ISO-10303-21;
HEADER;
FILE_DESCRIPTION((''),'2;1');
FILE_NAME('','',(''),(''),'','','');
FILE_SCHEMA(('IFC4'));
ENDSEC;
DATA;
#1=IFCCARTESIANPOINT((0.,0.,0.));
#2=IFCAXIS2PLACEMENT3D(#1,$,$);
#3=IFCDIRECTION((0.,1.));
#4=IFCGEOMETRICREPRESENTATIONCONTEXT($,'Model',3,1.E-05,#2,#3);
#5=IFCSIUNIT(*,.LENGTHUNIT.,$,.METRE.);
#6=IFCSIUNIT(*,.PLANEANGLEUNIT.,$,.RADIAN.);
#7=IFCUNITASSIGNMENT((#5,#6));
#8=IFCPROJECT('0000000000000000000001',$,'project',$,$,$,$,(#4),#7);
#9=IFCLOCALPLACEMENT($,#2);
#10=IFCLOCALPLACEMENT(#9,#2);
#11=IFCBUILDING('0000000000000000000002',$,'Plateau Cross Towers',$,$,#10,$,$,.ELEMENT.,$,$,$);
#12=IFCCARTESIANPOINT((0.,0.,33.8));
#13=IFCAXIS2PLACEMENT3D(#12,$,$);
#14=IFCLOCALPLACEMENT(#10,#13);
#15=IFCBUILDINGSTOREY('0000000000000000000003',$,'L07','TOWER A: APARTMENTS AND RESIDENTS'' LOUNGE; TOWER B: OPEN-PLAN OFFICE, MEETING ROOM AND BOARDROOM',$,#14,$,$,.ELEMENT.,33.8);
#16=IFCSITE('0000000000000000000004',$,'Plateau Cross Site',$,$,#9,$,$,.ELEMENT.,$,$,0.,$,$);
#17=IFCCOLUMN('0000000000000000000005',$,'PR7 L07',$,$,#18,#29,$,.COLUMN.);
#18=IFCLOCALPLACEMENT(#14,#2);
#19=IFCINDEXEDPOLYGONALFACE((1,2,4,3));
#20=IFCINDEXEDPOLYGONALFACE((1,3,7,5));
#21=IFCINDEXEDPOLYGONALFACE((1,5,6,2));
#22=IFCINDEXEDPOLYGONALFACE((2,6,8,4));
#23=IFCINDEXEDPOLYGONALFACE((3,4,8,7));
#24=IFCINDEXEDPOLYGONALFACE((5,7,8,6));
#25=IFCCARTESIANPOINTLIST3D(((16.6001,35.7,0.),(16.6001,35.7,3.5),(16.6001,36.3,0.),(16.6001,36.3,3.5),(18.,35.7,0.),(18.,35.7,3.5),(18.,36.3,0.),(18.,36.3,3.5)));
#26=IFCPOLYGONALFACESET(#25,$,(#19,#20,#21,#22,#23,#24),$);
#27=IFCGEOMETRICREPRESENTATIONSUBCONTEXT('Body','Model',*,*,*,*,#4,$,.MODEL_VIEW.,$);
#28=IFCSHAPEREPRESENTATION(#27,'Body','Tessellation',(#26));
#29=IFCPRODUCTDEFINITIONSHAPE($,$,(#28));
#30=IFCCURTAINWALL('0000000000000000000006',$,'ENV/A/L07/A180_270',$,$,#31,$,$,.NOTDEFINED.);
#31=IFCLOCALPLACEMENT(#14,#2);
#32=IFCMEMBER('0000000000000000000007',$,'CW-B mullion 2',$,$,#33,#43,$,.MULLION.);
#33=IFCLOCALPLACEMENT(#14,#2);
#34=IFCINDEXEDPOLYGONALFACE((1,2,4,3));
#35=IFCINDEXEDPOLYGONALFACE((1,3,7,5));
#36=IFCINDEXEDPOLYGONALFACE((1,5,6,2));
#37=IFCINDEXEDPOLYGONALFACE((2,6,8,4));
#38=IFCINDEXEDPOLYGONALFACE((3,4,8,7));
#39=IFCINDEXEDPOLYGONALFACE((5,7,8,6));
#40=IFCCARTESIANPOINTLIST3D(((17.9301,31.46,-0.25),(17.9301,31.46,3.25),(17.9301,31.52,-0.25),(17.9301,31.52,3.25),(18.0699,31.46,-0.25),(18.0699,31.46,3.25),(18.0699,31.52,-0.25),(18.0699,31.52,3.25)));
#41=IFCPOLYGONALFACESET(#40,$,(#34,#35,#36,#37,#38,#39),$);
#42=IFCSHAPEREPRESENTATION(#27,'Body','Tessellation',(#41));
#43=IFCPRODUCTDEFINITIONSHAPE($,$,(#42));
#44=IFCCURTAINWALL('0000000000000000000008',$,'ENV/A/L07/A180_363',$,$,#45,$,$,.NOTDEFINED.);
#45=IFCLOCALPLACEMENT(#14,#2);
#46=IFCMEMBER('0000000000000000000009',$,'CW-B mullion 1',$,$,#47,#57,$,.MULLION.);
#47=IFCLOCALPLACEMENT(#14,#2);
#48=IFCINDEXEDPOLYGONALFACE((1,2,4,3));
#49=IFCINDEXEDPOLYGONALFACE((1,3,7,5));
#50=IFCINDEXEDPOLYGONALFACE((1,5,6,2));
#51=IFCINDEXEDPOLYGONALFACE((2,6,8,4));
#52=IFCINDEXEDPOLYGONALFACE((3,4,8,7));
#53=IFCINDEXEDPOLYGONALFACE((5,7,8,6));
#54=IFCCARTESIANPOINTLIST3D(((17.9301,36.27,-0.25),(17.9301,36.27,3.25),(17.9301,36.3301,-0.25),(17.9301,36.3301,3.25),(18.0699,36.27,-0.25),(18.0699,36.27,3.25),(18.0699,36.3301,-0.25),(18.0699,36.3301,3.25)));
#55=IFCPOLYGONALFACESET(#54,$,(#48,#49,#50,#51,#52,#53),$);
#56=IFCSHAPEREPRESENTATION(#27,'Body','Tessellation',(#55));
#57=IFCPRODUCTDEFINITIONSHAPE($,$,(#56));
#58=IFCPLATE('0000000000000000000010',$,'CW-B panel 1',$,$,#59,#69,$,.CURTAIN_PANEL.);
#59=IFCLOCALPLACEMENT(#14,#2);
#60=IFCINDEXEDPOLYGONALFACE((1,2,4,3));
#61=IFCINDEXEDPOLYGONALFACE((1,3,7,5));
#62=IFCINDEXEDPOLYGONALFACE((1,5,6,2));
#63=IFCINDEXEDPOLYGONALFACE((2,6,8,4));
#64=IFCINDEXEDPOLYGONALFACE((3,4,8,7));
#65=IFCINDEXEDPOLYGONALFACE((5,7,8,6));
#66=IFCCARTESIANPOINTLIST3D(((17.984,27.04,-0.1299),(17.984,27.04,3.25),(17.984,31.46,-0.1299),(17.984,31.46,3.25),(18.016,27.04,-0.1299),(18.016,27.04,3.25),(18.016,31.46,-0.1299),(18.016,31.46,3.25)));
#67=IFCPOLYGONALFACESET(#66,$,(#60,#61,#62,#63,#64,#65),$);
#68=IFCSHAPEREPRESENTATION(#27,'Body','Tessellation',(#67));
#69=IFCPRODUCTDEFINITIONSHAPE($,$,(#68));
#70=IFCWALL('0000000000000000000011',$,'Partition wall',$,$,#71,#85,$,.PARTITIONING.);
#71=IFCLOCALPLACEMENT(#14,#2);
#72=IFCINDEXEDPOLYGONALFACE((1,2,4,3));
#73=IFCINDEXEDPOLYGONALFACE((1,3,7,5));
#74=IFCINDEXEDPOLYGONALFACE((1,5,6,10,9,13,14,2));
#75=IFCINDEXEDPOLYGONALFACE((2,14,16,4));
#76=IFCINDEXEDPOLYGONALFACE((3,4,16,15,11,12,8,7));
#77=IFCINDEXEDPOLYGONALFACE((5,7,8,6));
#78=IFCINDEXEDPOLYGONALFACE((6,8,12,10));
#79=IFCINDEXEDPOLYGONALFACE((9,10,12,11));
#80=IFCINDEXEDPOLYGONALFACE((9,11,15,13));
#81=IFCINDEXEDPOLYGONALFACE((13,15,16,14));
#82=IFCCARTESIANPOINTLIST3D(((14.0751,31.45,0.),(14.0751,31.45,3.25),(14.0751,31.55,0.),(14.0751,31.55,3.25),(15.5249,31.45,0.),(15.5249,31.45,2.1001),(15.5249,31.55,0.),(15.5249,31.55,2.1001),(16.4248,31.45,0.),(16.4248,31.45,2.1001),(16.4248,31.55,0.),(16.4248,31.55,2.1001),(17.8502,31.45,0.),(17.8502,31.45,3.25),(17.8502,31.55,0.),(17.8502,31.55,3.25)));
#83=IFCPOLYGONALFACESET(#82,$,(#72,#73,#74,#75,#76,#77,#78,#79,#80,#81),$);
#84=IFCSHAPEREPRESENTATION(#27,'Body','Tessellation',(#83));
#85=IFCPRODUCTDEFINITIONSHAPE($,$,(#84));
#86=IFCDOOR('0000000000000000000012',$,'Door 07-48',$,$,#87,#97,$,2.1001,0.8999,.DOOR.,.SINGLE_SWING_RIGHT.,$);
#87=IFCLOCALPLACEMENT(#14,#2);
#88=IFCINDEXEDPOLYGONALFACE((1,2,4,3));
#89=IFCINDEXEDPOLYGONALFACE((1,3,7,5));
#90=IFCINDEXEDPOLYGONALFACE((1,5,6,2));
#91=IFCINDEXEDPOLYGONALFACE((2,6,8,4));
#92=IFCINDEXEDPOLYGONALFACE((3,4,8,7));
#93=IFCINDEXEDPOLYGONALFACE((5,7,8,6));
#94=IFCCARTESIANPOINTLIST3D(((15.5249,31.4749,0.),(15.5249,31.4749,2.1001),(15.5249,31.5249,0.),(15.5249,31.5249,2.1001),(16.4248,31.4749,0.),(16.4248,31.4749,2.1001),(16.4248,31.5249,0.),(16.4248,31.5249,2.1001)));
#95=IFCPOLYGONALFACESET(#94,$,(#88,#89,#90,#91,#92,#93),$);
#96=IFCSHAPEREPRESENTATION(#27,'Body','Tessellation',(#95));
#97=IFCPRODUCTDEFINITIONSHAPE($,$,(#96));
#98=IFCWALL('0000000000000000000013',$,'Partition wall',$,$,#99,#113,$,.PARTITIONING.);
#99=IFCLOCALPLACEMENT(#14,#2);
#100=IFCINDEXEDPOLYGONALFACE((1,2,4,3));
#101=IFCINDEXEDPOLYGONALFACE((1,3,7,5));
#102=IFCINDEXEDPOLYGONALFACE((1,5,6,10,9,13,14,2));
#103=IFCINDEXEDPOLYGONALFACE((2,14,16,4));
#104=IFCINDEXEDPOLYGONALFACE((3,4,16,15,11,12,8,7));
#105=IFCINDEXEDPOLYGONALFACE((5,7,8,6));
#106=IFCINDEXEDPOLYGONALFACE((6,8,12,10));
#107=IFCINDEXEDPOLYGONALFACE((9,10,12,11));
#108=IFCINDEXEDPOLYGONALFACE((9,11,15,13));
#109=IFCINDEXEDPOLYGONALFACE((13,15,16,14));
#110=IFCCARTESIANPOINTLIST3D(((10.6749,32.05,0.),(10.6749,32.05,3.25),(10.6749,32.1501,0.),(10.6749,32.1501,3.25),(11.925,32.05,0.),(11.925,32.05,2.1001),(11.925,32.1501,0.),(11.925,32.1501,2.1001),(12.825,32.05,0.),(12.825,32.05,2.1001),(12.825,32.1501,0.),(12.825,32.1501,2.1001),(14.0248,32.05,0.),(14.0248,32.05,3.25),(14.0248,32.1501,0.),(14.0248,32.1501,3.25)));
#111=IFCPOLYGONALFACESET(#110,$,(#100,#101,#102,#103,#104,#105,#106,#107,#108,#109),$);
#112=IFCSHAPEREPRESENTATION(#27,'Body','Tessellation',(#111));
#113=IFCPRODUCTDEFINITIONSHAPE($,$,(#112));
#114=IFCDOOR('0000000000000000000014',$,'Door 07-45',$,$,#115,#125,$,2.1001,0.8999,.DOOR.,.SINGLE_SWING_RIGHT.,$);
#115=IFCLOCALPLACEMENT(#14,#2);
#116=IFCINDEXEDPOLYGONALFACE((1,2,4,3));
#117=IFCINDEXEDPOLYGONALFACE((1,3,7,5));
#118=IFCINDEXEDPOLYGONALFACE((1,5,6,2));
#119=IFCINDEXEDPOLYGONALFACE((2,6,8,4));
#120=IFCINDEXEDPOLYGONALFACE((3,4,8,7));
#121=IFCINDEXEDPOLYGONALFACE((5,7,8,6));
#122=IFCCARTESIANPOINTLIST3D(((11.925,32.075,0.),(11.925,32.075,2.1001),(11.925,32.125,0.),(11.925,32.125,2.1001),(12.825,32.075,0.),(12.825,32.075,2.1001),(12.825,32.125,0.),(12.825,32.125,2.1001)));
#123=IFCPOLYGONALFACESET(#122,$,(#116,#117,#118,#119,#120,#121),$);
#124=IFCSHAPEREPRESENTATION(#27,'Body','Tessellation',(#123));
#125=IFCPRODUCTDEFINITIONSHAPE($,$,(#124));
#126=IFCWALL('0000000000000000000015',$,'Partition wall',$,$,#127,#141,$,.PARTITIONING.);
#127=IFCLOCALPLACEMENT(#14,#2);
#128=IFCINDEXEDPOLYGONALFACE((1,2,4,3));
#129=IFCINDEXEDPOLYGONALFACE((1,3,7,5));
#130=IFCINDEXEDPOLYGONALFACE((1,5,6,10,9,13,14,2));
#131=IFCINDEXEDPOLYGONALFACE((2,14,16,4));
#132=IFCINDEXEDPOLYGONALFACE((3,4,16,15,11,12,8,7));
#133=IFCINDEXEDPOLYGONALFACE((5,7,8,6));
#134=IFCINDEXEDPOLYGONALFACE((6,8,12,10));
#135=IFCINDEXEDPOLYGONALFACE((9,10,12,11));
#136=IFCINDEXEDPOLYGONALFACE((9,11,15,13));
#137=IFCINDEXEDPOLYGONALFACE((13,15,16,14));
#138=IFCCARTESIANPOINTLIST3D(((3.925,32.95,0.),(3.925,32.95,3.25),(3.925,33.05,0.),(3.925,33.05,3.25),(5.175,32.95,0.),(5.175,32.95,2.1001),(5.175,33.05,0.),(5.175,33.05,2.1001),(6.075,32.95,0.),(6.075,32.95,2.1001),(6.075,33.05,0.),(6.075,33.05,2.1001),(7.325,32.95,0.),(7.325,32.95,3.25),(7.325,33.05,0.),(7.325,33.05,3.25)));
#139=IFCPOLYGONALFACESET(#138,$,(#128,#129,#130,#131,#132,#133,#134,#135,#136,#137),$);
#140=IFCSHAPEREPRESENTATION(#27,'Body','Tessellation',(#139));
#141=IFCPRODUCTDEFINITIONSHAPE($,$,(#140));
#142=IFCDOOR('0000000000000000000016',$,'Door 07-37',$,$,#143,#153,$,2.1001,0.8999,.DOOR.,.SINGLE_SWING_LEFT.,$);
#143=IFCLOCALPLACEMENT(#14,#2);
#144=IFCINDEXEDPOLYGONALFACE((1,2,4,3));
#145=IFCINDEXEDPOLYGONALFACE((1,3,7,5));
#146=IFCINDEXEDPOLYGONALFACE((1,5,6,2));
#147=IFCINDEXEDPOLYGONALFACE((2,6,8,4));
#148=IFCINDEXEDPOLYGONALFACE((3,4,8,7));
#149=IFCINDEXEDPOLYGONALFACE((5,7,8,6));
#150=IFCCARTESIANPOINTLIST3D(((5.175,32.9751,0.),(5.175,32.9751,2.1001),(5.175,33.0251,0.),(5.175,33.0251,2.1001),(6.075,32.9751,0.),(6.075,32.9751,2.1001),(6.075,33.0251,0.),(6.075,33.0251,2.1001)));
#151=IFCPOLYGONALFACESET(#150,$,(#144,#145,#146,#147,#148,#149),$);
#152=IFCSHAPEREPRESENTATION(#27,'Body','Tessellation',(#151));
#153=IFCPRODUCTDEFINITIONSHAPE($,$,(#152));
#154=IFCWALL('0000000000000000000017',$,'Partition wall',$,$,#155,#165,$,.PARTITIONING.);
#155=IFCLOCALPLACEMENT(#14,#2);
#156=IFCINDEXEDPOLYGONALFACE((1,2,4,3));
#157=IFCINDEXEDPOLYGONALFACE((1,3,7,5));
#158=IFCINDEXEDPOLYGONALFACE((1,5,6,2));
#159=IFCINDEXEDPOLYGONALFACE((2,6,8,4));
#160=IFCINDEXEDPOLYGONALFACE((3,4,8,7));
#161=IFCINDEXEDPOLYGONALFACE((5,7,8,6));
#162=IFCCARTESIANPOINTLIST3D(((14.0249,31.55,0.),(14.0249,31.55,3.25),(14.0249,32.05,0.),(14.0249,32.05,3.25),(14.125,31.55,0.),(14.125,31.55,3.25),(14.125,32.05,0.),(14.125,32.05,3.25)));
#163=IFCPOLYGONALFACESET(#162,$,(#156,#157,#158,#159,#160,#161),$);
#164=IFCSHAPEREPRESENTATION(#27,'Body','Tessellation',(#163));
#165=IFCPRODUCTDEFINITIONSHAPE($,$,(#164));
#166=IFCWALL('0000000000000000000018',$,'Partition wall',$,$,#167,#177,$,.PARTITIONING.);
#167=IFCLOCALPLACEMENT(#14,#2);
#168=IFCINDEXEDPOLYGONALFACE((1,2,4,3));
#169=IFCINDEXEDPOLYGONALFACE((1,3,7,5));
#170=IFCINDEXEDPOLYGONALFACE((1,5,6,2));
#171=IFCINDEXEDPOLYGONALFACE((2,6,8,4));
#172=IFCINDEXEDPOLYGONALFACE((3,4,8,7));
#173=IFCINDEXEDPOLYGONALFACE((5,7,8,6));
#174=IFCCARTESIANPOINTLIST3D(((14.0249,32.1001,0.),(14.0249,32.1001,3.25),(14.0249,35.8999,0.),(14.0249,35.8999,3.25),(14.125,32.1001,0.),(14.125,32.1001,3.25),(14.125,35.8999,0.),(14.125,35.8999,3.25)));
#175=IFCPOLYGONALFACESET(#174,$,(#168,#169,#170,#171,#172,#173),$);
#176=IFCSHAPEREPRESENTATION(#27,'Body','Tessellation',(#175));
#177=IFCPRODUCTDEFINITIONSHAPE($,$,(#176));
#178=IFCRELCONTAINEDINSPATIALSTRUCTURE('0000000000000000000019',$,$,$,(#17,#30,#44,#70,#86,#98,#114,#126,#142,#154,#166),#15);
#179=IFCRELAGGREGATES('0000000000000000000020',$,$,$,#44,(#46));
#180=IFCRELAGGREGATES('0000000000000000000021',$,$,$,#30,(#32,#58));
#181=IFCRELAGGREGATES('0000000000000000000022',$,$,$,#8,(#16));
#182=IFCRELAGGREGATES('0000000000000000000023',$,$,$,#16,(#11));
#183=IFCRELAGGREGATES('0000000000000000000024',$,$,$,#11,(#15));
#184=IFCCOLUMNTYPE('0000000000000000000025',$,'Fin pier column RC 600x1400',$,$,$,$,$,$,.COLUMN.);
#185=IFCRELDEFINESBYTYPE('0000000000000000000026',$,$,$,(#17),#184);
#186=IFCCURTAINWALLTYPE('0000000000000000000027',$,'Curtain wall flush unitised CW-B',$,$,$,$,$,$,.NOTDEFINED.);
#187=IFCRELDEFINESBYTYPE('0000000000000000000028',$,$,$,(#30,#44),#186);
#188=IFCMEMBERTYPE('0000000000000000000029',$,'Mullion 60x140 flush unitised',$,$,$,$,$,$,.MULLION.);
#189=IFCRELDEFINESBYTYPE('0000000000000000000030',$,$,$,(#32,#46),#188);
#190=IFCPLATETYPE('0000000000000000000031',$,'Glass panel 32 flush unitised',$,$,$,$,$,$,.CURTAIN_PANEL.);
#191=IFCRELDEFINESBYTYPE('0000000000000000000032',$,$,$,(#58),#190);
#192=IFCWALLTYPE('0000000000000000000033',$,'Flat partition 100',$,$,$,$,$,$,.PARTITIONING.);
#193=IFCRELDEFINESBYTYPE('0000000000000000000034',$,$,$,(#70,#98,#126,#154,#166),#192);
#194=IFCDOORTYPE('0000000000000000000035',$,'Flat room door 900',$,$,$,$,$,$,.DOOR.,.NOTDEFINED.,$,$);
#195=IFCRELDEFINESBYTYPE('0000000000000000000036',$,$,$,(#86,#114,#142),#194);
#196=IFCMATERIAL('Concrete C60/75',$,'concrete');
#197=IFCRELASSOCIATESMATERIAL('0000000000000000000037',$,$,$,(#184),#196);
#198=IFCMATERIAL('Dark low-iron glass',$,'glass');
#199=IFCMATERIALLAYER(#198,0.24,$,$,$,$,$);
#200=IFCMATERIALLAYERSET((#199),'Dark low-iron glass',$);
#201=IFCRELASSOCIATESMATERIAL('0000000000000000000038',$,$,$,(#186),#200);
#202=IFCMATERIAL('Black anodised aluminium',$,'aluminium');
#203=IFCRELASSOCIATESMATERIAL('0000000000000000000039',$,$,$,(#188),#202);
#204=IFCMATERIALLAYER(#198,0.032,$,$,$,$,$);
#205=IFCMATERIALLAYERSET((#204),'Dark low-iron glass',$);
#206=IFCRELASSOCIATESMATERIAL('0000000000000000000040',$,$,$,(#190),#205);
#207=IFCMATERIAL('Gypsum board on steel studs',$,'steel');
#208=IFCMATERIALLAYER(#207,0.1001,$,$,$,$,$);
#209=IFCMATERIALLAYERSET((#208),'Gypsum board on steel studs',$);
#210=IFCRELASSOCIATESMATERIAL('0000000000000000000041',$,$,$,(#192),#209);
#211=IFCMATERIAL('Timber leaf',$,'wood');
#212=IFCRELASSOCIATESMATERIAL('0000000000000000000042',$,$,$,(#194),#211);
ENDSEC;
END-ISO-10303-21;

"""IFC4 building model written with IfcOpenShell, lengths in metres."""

from ifc_helpers import new_model, si_unit, direction, frame, frame_2d, origin, origin_2d, place, context, subcontext, project, spatial, rectangle, extrude, material, layer, layer_set, material_profile, profile_set, type_object, element, fill, aggregate, save


model = new_model("IFC4")

# Units and contexts
model_context = context("Model", 3, precision=1e-05, world=origin(), true_north=direction((0.0, 1.0)))
body_context = subcontext(model_context, "Body", "Model", "MODEL_VIEW")
ifc_project = project(units=[si_unit("LENGTHUNIT", "METRE"), si_unit("PLANEANGLEUNIT", "RADIAN")], contexts=[model_context])

# Site, building, storey
site_placement = place(None, origin())
site = spatial("IfcSite", under=ifc_project, at=site_placement, Name="Plateau Cross Site", CompositionType="ELEMENT", RefElevation=0.0)
building_placement = place(site_placement, origin())
building = spatial("IfcBuilding", under=site, at=building_placement, Name="Plateau Cross Towers", CompositionType="ELEMENT")
storey_placement = place(building_placement, frame((0.0, 0.0, 33.8)))
storey = spatial("IfcBuildingStorey", under=building, at=storey_placement, Name="L07", Description="TOWER A: APARTMENTS AND RESIDENTS' LOUNGE; TOWER B: OPEN-PLAN OFFICE, MEETING ROOM AND BOARDROOM", CompositionType="ELEMENT", Elevation=33.8)

# Column
ifc_material_1 = material(Name="Concrete C60/75", Category="concrete")
ifc_material_profile_1 = material_profile(ifc_material_1, rectangle(XDim=0.6001, YDim=1.3999, at=origin_2d()), Name="RC 600x1400")
ifc_profile_set_1 = profile_set([ifc_material_profile_1], Name="Concrete C60/75")
column_type = type_object("IfcColumnType", Name="Fin pier column RC 600x1400", PredefinedType="COLUMN", material=ifc_profile_set_1)
column_placement = place(storey_placement, frame((17.3, 36.0, 0.0), z_axis=(0.0, 0.0, 1.0), x_axis=(0.0, 1.0, 0.0)))
element("IfcColumn", 1, at=column_placement, inside=storey, type_object=column_type, Name="PR7 L07", PredefinedType="COLUMN", context=body_context, shape_type="SweptSolid", body=[
    extrude(rectangle(XDim=0.6001, YDim=1.3999, at=origin_2d()), origin(), (0.0, 0.0, 1.0), 3.5),
])

# Curtain walls, members
ifc_material_2 = material(Name="Dark low-iron glass", Category="glass")
ifc_layer_1 = layer(ifc_material_2, 0.24)
ifc_layer_set_1 = layer_set([ifc_layer_1], Name="Dark low-iron glass")
curtain_wall_type = type_object("IfcCurtainWallType", Name="Curtain wall flush unitised CW-B", PredefinedType="NOTDEFINED", material=ifc_layer_set_1)
curtain_wall_1_placement = place(storey_placement, origin())
curtain_wall_1 = element("IfcCurtainWall", 2, at=curtain_wall_1_placement, inside=storey, type_object=curtain_wall_type, Name="ENV/A/L07/A180_270", PredefinedType="NOTDEFINED")
ifc_material_3 = material(Name="Black anodised aluminium", Category="aluminium")
ifc_material_profile_2 = material_profile(ifc_material_3, rectangle(XDim=0.0601, YDim=0.1399, at=origin_2d()), Name="MULLION 60x140")
ifc_profile_set_2 = profile_set([ifc_material_profile_2], Name="Black anodised aluminium")
member_type = type_object("IfcMemberType", Name="Mullion 60x140 flush unitised", PredefinedType="MULLION", material=ifc_profile_set_2)
member_1_placement = place(storey_placement, frame((18.0, 31.49, -0.25), z_axis=(0.0, 0.0, 1.0), x_axis=(0.0, 1.0, 0.0)))
member_1 = element("IfcMember", 3, at=member_1_placement, type_object=member_type, Name="CW-B mullion 2", PredefinedType="MULLION", context=body_context, shape_type="SweptSolid", body=[
    extrude(rectangle(XDim=0.0601, YDim=0.1399, at=origin_2d()), origin(), (0.0, 0.0, 1.0), 3.5),
])
curtain_wall_2_placement = place(storey_placement, origin())
curtain_wall_2 = element("IfcCurtainWall", 4, at=curtain_wall_2_placement, inside=storey, type_object=curtain_wall_type, Name="ENV/A/L07/A180_363", PredefinedType="NOTDEFINED")
member_2_placement = place(storey_placement, frame((18.0, 36.3, -0.25), z_axis=(0.0, 0.0, 1.0), x_axis=(0.0, 1.0, 0.0)))
member_2 = element("IfcMember", 5, at=member_2_placement, type_object=member_type, Name="CW-B mullion 1", PredefinedType="MULLION", context=body_context, shape_type="SweptSolid", body=[
    extrude(rectangle(XDim=0.0601, YDim=0.1399, at=origin_2d()), origin(), (0.0, 0.0, 1.0), 3.5),
])
aggregate(curtain_wall_2, [member_2])

# Plate
ifc_layer_2 = layer(ifc_material_2, 0.032)
ifc_layer_set_2 = layer_set([ifc_layer_2], Name="Dark low-iron glass")
plate_type = type_object("IfcPlateType", Name="Glass panel 32 flush unitised", PredefinedType="CURTAIN_PANEL", material=ifc_layer_set_2)
plate_placement = place(storey_placement, frame((18.0, 29.25, -0.1299), z_axis=(0.0, 0.0, 1.0), x_axis=(0.0, 1.0, 0.0)))
plate = element("IfcPlate", 6, at=plate_placement, type_object=plate_type, Name="CW-B panel 1", PredefinedType="CURTAIN_PANEL", context=body_context, shape_type="SweptSolid", body=[
    extrude(rectangle(XDim=4.4199, YDim=0.032, at=origin_2d()), origin(), (0.0, 0.0, 1.0), 3.3799),
])
aggregate(curtain_wall_1, [member_1, plate])

# Walls, openings, doors
ifc_material_4 = material(Name="Gypsum board on steel studs", Category="steel")
ifc_layer_3 = layer(ifc_material_4, 0.1001)
ifc_layer_set_3 = layer_set([ifc_layer_3], Name="Gypsum board on steel studs")
wall_type_1 = type_object("IfcWallType", Name="Flat partition 100", PredefinedType="PARTITIONING", material=ifc_layer_set_3)
wall_1_placement = place(storey_placement, frame((14.075, 31.5, 0.0), z_axis=(0.0, 0.0, 1.0), x_axis=(1.0, 0.0, 0.0)))
wall_1 = element("IfcWall", 7, at=wall_1_placement, inside=storey, type_object=wall_type_1, Name="Partition wall", PredefinedType="PARTITIONING", context=body_context, shape_type="SweptSolid", body=[
    extrude(rectangle(XDim=3.7751, YDim=0.1001, at=frame_2d((1.8877, 0.0))), origin(), (0.0, 0.0, 1.0), 3.25),
])
opening_1_placement = place(wall_1_placement, frame((1.45, 0.0, 0.0)))
opening_1 = element("IfcOpeningElement", 8, at=opening_1_placement, cuts=wall_1, PredefinedType="OPENING", context=body_context, shape_type="SweptSolid", body=[
    extrude(rectangle(XDim=0.8999, YDim=2.1001, at=frame_2d((0.45, 1.05))), frame((0.0, 0.0601, 0.0), z_axis=(0.0, -1.0, 0.0), x_axis=(1.0, 0.0, 0.0)), (0.0, 0.0, 1.0), 0.1201),
])
ifc_material_5 = material(Name="Timber leaf", Category="wood")
door_type_1 = type_object("IfcDoorType", Name="Flat room door 900", OperationType="NOTDEFINED", PredefinedType="DOOR", material=ifc_material_5)
door_1_placement = place(opening_1_placement, origin())
door_1 = element("IfcDoor", 9, at=door_1_placement, inside=storey, type_object=door_type_1, Name="Door 07-48", OperationType="SINGLE_SWING_RIGHT", OverallHeight=2.1001, OverallWidth=0.8999, PredefinedType="DOOR", context=body_context, shape_type="SweptSolid", body=[
    extrude(rectangle(XDim=0.8999, YDim=2.1001, at=frame_2d((0.45, 1.05))), frame((0.0, 0.0249, 0.0), z_axis=(0.0, -1.0, 0.0), x_axis=(1.0, 0.0, 0.0)), (0.0, 0.0, 1.0), 0.05),
])
fill(opening_1, door_1)
wall_2_placement = place(storey_placement, frame((10.675, 32.1001, 0.0), z_axis=(0.0, 0.0, 1.0), x_axis=(1.0, 0.0, 0.0)))
wall_2 = element("IfcWall", 10, at=wall_2_placement, inside=storey, type_object=wall_type_1, Name="Partition wall", PredefinedType="PARTITIONING", context=body_context, shape_type="SweptSolid", body=[
    extrude(rectangle(XDim=3.3499, YDim=0.1001, at=frame_2d((1.6748, 0.0))), origin(), (0.0, 0.0, 1.0), 3.25),
])
opening_2_placement = place(wall_2_placement, frame((1.25, 0.0, 0.0)))
opening_2 = element("IfcOpeningElement", 11, at=opening_2_placement, cuts=wall_2, PredefinedType="OPENING", context=body_context, shape_type="SweptSolid", body=[
    extrude(rectangle(XDim=0.8999, YDim=2.1001, at=frame_2d((0.45, 1.05))), frame((0.0, 0.0601, 0.0), z_axis=(0.0, -1.0, 0.0), x_axis=(1.0, 0.0, 0.0)), (0.0, 0.0, 1.0), 0.1201),
])
door_2_placement = place(opening_2_placement, origin())
door_2 = element("IfcDoor", 12, at=door_2_placement, inside=storey, type_object=door_type_1, Name="Door 07-45", OperationType="SINGLE_SWING_RIGHT", OverallHeight=2.1001, OverallWidth=0.8999, PredefinedType="DOOR", context=body_context, shape_type="SweptSolid", body=[
    extrude(rectangle(XDim=0.8999, YDim=2.1001, at=frame_2d((0.45, 1.05))), frame((0.0, 0.0249, 0.0), z_axis=(0.0, -1.0, 0.0), x_axis=(1.0, 0.0, 0.0)), (0.0, 0.0, 1.0), 0.05),
])
fill(opening_2, door_2)
wall_3_placement = place(storey_placement, frame((7.325, 33.0, 0.0), z_axis=(0.0, 0.0, 1.0), x_axis=(-1.0, 0.0, 0.0)))
wall_3 = element("IfcWall", 13, at=wall_3_placement, inside=storey, type_object=wall_type_1, Name="Partition wall", PredefinedType="PARTITIONING", context=body_context, shape_type="SweptSolid", body=[
    extrude(rectangle(XDim=3.3999, YDim=0.1001, at=frame_2d((1.7, 0.0))), origin(), (0.0, 0.0, 1.0), 3.25),
])
opening_3_placement = place(wall_3_placement, frame((1.25, 0.0, 0.0)))
opening_3 = element("IfcOpeningElement", 14, at=opening_3_placement, cuts=wall_3, PredefinedType="OPENING", context=body_context, shape_type="SweptSolid", body=[
    extrude(rectangle(XDim=0.8999, YDim=2.1001, at=frame_2d((0.45, 1.05))), frame((0.0, 0.0601, 0.0), z_axis=(0.0, -1.0, 0.0), x_axis=(1.0, 0.0, 0.0)), (0.0, 0.0, 1.0), 0.1201),
])
door_3_placement = place(opening_3_placement, origin())
door_3 = element("IfcDoor", 15, at=door_3_placement, inside=storey, type_object=door_type_1, Name="Door 07-37", OperationType="SINGLE_SWING_LEFT", OverallHeight=2.1001, OverallWidth=0.8999, PredefinedType="DOOR", context=body_context, shape_type="SweptSolid", body=[
    extrude(rectangle(XDim=0.8999, YDim=2.1001, at=frame_2d((0.45, 1.05))), frame((0.0, 0.0249, 0.0), z_axis=(0.0, -1.0, 0.0), x_axis=(1.0, 0.0, 0.0)), (0.0, 0.0, 1.0), 0.05),
])
fill(opening_3, door_3)

# Walls
wall_4_placement = place(storey_placement, frame((14.075, 32.05, 0.0), z_axis=(0.0, 0.0, 1.0), x_axis=(0.0, -1.0, 0.0)))
element("IfcWall", 16, at=wall_4_placement, inside=storey, type_object=wall_type_1, Name="Partition wall", PredefinedType="PARTITIONING", context=body_context, shape_type="SweptSolid", body=[
    extrude(rectangle(XDim=0.5, YDim=0.1001, at=frame_2d((0.25, 0.0))), origin(), (0.0, 0.0, 1.0), 3.25),
])
wall_5_placement = place(storey_placement, frame((14.075, 32.1001, 0.0), z_axis=(0.0, 0.0, 1.0), x_axis=(0.0, 1.0, 0.0)))
element("IfcWall", 17, at=wall_5_placement, inside=storey, type_object=wall_type_1, Name="Partition wall", PredefinedType="PARTITIONING", context=body_context, shape_type="SweptSolid", body=[
    extrude(rectangle(XDim=3.7998, YDim=0.1001, at=frame_2d((1.8999, 0.0))), origin(), (0.0, 0.0, 1.0), 3.25),
])

save(model, "model.ifc")
